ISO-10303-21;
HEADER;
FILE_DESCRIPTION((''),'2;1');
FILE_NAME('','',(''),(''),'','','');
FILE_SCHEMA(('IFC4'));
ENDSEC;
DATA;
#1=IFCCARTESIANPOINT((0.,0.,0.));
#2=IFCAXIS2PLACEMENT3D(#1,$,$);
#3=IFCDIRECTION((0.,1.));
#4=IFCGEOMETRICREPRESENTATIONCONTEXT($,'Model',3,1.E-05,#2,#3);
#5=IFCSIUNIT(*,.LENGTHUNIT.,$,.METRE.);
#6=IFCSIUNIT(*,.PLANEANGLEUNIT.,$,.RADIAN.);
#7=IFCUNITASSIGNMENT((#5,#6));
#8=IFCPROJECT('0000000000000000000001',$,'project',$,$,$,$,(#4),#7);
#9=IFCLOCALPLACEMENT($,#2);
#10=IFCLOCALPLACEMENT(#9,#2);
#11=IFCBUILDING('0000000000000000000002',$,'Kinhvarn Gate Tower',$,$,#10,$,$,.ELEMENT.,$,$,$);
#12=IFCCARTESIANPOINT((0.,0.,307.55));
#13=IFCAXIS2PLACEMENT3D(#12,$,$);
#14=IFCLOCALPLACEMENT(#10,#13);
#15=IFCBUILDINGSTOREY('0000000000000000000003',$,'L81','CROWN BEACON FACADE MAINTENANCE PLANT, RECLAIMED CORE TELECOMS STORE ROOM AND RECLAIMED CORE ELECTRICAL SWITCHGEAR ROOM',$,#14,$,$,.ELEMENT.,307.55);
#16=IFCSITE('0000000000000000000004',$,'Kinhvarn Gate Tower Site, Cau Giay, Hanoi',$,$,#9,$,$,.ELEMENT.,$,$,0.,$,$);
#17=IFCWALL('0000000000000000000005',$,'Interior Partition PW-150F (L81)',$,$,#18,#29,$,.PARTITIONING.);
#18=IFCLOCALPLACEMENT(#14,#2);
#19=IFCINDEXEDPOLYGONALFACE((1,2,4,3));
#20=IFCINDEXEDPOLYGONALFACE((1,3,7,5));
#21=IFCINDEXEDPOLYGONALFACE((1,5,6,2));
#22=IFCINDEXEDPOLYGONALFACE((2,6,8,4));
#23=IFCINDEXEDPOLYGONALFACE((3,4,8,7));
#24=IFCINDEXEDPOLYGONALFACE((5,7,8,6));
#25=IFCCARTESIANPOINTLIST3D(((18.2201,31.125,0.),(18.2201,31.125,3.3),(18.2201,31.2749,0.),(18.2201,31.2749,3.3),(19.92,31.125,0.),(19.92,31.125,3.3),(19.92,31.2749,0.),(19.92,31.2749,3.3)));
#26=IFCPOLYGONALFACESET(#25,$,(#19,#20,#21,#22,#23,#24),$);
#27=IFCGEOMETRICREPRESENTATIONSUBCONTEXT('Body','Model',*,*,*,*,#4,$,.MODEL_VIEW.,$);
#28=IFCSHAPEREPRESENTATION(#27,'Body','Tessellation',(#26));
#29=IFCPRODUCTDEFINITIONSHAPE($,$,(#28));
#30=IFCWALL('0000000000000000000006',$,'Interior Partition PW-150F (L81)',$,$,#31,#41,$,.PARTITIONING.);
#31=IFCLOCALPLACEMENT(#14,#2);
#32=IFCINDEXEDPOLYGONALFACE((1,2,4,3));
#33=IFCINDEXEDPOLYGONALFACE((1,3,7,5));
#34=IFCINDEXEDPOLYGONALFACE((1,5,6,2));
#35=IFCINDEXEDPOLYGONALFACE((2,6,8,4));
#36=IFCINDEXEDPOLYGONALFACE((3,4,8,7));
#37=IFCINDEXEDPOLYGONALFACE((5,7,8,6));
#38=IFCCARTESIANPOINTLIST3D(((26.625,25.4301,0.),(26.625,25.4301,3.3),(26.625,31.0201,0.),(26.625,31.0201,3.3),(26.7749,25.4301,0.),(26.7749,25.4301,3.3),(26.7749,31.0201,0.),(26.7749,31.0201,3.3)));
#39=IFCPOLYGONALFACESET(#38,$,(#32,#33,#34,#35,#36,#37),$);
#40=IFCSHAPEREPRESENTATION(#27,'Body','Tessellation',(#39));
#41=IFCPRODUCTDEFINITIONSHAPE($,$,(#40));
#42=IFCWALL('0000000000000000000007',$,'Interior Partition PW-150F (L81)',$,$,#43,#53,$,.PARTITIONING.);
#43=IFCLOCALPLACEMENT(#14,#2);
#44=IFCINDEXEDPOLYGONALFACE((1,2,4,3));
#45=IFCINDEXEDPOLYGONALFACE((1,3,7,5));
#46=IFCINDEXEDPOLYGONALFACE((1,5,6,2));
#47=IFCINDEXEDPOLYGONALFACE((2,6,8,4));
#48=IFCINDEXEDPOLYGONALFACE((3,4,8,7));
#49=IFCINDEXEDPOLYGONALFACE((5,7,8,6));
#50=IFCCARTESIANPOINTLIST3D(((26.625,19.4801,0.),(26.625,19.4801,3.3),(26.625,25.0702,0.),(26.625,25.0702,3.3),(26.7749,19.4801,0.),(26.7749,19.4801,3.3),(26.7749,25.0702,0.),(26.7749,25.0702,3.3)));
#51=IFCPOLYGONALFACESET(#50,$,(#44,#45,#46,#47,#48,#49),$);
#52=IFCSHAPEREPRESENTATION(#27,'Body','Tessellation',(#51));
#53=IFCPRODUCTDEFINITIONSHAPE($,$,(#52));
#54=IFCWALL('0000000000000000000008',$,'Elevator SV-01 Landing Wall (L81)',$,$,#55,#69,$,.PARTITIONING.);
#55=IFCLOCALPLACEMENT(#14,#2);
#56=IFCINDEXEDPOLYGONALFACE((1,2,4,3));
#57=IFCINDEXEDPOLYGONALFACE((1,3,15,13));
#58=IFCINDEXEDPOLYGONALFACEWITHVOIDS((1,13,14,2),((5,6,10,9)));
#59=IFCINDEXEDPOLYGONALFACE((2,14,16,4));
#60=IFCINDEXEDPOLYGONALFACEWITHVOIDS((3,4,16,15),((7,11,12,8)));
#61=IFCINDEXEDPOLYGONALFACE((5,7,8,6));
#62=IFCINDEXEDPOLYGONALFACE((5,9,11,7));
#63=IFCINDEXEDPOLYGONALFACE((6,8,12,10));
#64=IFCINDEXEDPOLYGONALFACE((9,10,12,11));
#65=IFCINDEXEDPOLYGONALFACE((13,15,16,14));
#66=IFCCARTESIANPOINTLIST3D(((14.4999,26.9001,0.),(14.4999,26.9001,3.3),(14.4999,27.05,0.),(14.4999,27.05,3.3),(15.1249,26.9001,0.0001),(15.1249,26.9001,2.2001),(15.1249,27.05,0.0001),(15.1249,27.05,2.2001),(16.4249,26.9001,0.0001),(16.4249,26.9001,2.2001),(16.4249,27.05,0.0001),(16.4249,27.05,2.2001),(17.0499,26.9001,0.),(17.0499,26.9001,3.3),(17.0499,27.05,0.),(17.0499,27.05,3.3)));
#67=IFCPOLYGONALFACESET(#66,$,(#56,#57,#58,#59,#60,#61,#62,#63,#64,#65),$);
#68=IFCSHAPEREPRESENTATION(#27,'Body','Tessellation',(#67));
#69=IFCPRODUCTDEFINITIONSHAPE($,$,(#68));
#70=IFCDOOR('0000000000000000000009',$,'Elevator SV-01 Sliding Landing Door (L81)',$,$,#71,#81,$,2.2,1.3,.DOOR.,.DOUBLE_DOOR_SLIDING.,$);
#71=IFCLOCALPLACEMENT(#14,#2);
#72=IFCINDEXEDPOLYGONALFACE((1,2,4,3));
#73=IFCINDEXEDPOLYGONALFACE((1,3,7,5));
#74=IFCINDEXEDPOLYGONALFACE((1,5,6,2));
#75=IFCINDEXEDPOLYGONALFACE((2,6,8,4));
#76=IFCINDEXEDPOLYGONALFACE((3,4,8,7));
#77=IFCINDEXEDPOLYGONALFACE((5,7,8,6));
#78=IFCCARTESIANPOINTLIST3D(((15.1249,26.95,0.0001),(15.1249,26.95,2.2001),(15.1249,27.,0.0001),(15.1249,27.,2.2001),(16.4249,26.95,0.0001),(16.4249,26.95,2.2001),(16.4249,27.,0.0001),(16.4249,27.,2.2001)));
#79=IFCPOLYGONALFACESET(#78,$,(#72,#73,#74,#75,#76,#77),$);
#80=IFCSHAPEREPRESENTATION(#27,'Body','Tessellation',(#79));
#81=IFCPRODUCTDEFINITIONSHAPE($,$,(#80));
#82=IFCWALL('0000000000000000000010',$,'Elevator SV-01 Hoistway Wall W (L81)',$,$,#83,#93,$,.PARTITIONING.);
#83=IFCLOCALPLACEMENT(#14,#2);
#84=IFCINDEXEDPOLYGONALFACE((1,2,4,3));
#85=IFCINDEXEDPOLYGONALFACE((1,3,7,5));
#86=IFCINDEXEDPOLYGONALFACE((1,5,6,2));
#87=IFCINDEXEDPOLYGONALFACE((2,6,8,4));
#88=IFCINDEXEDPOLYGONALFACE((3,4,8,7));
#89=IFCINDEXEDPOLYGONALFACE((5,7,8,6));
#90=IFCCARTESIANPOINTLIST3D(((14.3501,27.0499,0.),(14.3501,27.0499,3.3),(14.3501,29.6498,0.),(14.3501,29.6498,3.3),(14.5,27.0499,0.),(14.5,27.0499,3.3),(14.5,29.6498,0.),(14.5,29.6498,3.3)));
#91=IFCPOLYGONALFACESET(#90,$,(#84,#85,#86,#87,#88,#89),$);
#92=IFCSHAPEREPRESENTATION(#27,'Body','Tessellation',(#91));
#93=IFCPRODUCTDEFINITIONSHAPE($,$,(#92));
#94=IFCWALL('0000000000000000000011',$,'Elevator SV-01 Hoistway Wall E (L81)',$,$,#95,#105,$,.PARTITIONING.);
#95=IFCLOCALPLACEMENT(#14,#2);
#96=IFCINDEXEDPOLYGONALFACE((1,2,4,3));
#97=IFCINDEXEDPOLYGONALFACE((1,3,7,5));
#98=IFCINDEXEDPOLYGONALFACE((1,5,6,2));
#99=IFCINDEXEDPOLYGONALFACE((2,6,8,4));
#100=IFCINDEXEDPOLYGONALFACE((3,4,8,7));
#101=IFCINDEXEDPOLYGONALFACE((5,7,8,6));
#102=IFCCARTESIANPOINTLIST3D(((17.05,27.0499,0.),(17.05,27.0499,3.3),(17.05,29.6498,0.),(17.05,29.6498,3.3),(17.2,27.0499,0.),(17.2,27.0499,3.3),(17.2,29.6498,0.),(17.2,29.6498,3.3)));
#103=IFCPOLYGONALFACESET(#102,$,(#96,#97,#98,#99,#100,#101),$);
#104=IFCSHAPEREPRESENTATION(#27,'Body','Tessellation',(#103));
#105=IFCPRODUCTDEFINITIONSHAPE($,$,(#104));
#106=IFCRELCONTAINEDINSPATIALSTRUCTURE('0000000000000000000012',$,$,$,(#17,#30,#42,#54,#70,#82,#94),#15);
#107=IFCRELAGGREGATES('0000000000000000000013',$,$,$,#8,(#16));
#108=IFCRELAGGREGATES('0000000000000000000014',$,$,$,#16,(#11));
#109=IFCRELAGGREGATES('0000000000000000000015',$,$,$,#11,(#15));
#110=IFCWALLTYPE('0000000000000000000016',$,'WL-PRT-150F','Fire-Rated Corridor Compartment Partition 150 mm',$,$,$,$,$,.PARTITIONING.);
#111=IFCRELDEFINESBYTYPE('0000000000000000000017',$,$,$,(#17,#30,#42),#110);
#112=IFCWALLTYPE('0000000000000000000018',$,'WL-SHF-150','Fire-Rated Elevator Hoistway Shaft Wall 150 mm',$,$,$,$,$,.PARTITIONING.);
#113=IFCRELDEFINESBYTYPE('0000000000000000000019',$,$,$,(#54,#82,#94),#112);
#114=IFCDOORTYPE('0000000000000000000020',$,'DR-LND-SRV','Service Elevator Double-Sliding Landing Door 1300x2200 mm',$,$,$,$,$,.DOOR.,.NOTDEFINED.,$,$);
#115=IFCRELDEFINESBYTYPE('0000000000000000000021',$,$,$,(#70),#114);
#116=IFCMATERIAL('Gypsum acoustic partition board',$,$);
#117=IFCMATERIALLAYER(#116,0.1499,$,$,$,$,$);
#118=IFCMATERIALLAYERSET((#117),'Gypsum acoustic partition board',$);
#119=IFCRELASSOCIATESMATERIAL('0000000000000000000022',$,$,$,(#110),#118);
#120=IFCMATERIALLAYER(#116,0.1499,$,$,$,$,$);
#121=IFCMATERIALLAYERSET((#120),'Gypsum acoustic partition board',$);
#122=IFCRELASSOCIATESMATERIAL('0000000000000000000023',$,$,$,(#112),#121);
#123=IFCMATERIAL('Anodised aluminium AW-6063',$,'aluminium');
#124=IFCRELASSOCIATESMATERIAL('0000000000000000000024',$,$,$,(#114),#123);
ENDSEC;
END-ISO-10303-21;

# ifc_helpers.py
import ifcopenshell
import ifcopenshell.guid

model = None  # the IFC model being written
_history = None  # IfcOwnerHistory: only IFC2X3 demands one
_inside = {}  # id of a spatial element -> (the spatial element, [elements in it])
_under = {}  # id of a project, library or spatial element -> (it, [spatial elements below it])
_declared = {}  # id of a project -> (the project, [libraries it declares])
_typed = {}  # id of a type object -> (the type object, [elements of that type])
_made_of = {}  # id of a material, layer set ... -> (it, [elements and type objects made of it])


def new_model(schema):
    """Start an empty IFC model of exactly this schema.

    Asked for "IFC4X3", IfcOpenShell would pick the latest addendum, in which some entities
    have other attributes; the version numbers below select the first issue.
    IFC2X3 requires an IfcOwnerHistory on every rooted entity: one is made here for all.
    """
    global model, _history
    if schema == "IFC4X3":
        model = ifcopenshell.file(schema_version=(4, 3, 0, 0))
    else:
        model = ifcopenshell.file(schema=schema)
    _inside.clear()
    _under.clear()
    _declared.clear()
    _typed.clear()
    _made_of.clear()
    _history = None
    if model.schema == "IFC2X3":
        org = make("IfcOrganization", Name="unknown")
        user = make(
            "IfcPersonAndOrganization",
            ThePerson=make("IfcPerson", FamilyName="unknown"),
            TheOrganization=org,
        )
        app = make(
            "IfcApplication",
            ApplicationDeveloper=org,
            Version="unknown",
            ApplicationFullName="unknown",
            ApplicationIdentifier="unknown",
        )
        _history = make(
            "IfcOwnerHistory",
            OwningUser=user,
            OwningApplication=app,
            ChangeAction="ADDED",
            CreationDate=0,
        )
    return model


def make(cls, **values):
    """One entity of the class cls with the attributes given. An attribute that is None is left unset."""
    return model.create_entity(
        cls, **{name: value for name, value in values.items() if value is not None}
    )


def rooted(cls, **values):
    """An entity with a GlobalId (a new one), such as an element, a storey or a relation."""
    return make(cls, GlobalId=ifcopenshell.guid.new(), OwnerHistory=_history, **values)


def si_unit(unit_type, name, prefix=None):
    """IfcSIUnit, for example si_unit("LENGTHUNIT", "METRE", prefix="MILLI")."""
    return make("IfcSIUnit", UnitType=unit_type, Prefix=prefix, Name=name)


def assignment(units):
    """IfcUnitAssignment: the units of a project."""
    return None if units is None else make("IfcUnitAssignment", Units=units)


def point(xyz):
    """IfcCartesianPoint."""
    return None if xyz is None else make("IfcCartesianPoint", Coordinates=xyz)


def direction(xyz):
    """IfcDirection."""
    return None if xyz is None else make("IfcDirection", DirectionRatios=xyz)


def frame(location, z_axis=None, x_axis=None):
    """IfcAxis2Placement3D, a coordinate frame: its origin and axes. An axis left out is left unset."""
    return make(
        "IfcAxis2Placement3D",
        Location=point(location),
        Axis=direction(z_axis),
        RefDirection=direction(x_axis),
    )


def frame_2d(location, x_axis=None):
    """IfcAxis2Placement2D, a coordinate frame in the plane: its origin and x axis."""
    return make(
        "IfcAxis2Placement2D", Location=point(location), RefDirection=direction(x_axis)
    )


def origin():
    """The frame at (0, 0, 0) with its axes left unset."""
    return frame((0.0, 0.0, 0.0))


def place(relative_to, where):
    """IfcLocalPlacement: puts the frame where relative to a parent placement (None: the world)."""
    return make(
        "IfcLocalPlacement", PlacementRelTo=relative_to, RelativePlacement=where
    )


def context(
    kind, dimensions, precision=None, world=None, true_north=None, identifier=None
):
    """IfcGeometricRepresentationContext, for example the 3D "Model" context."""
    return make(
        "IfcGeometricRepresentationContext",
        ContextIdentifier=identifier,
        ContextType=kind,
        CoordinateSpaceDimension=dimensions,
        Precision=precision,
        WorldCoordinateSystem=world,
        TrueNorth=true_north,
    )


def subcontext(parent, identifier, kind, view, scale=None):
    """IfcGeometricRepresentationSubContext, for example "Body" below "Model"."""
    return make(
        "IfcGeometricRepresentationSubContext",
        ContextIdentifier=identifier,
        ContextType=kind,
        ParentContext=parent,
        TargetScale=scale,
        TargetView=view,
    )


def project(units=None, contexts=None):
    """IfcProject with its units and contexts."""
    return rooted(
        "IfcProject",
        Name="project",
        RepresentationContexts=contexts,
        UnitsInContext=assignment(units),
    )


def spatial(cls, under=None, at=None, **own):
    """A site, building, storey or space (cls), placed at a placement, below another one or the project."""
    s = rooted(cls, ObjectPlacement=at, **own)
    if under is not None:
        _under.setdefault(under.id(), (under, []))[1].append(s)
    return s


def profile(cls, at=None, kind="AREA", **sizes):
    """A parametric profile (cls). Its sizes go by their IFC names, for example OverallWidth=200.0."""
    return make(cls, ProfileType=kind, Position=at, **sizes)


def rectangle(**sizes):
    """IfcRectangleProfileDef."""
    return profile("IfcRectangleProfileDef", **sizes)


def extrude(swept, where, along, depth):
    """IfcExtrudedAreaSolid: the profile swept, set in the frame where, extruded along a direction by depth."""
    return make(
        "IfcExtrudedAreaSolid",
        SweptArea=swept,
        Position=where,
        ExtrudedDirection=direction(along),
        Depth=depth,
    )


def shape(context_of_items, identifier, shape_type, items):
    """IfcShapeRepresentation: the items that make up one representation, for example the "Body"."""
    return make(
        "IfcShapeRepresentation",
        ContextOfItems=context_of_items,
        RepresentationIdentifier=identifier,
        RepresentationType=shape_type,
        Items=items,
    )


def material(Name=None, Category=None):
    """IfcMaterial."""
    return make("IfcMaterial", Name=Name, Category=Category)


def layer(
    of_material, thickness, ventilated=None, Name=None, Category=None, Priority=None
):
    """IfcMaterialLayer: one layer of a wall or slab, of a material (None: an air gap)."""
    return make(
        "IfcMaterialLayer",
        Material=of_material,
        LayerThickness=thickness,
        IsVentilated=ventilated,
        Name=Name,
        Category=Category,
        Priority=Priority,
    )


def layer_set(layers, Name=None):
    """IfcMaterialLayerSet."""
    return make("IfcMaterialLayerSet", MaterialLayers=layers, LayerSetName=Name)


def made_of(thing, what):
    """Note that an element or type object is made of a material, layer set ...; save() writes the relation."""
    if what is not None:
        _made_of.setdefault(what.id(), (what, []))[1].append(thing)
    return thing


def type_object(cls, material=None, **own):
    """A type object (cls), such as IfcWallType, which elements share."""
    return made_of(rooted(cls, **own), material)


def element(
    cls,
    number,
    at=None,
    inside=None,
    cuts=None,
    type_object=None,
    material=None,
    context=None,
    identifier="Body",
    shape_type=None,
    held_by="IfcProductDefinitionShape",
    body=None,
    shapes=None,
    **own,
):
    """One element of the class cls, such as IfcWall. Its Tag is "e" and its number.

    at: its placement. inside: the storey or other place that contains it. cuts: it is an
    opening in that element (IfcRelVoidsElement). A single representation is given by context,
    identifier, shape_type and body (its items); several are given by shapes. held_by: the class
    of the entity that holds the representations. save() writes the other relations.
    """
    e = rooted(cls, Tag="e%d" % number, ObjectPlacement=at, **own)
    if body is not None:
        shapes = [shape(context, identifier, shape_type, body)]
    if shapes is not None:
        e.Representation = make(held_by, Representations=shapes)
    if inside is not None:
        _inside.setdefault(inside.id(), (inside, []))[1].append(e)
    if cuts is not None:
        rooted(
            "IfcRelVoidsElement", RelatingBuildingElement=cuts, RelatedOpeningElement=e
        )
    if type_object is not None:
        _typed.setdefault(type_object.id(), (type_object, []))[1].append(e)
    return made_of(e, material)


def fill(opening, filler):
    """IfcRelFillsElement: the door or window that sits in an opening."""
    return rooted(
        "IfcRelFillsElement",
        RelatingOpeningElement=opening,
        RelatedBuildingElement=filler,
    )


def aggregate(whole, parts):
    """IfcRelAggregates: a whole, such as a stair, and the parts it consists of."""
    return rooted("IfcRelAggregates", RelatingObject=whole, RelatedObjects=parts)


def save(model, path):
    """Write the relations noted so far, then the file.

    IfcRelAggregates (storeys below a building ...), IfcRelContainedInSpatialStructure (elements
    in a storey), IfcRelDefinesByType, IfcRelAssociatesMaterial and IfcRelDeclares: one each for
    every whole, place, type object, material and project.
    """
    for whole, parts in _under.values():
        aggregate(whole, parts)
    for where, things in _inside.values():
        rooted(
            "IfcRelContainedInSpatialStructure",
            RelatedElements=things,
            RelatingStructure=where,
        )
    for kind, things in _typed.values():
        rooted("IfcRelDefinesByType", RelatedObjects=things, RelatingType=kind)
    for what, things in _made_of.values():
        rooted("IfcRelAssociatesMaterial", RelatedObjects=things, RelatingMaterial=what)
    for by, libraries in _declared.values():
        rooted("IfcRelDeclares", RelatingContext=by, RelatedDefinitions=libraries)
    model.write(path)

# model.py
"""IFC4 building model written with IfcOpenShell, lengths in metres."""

from ifc_helpers import new_model, si_unit, direction, frame, frame_2d, origin, place, context, subcontext, project, spatial, rectangle, extrude, material, layer, layer_set, type_object, element, fill, save


model = new_model("IFC4")

# Units and contexts
model_context = context("Model", 3, precision=1e-05, world=origin(), true_north=direction((0.0, 1.0)))
body_context = subcontext(model_context, "Body", "Model", "MODEL_VIEW")
ifc_project = project(units=[si_unit("LENGTHUNIT", "METRE"), si_unit("PLANEANGLEUNIT", "RADIAN")], contexts=[model_context])

# Site, building, storey
site_placement = place(None, origin())
site = spatial("IfcSite", under=ifc_project, at=site_placement, Name="Kinhvarn Gate Tower Site, Cau Giay, Hanoi", CompositionType="ELEMENT", RefElevation=0.0)
building_placement = place(site_placement, origin())
building = spatial("IfcBuilding", under=site, at=building_placement, Name="Kinhvarn Gate Tower", CompositionType="ELEMENT")
storey_placement = place(building_placement, frame((0.0, 0.0, 307.55)))
storey = spatial("IfcBuildingStorey", under=building, at=storey_placement, Name="L81", Description="CROWN BEACON FACADE MAINTENANCE PLANT, RECLAIMED CORE TELECOMS STORE ROOM AND RECLAIMED CORE ELECTRICAL SWITCHGEAR ROOM", CompositionType="ELEMENT", Elevation=307.55)

# Shared definitions
ifc_material_1 = material(Name="Anodised aluminium AW-6063", Category="aluminium")
ifc_material_2 = material(Name="Gypsum acoustic partition board")
ifc_layer_1 = layer(ifc_material_2, 0.1499)
ifc_layer_set_1 = layer_set([ifc_layer_1], Name="Gypsum acoustic partition board")
wall_type_1 = type_object("IfcWallType", Name="WL-PRT-150F", Description="Fire-Rated Corridor Compartment Partition 150 mm", PredefinedType="PARTITIONING", material=ifc_layer_set_1)

# Walls
for number, where, z_axis, x_axis, name in (
    (1, (18.22, 31.2, 0.0), (0.0, 0.0, 1.0), (1.0, 0.0, 0.0), "Interior Partition PW-150F (L81)"),
):
    element("IfcWall", number, at=place(storey_placement, frame(where, z_axis=z_axis, x_axis=x_axis)), inside=storey, type_object=wall_type_1, Name=name, PredefinedType="PARTITIONING", context=body_context, shape_type="SweptSolid", body=[
        extrude(rectangle(XDim=1.7, YDim=0.1499, at=frame_2d((0.8501, 0.0))), origin(), (0.0, 0.0, 1.0), 3.3),
    ])
for number, where, z_axis, x_axis, name in (
    (2, (26.7, 31.02, 0.0), (0.0, 0.0, 1.0), (0.0, -1.0, 0.0), "Interior Partition PW-150F (L81)"),
    (3, (26.7, 25.0701, 0.0), (0.0, 0.0, 1.0), (0.0, -1.0, 0.0), "Interior Partition PW-150F (L81)"),
):
    element("IfcWall", number, at=place(storey_placement, frame(where, z_axis=z_axis, x_axis=x_axis)), inside=storey, type_object=wall_type_1, Name=name, PredefinedType="PARTITIONING", context=body_context, shape_type="SweptSolid", body=[
        extrude(rectangle(XDim=5.5901, YDim=0.1499, at=frame_2d((2.7949, 0.0))), origin(), (0.0, 0.0, 1.0), 3.3),
    ])

# Wall, opening, door
ifc_layer_2 = layer(ifc_material_2, 0.1499)
ifc_layer_set_2 = layer_set([ifc_layer_2], Name="Gypsum acoustic partition board")
wall_type_2 = type_object("IfcWallType", Name="WL-SHF-150", Description="Fire-Rated Elevator Hoistway Shaft Wall 150 mm", PredefinedType="PARTITIONING", material=ifc_layer_set_2)
wall_1_placement = place(storey_placement, frame((14.5, 26.9751, 0.0), z_axis=(0.0, 0.0, 1.0), x_axis=(1.0, 0.0, 0.0)))
wall_1 = element("IfcWall", 4, at=wall_1_placement, inside=storey, type_object=wall_type_2, Name="Elevator SV-01 Landing Wall (L81)", PredefinedType="PARTITIONING", context=body_context, shape_type="SweptSolid", body=[
    extrude(rectangle(XDim=2.55, YDim=0.1499, at=frame_2d((1.2749, 0.0))), origin(), (0.0, 0.0, 1.0), 3.3),
])
opening_1_placement = place(wall_1_placement, frame((0.625, 0.0, 0.0)))
opening_1 = element("IfcOpeningElement", 5, at=opening_1_placement, cuts=wall_1, PredefinedType="OPENING", context=body_context, shape_type="SweptSolid", body=[
    extrude(rectangle(XDim=1.3, YDim=2.2, at=frame_2d((0.6499, 1.1001))), frame((0.0, 0.085, 0.0), z_axis=(0.0, -1.0, 0.0), x_axis=(1.0, 0.0, 0.0)), (0.0, 0.0, 1.0), 0.1699),
])
door_type_1 = type_object("IfcDoorType", Name="DR-LND-SRV", Description="Service Elevator Double-Sliding Landing Door 1300x2200 mm", OperationType="NOTDEFINED", PredefinedType="DOOR", material=ifc_material_1)
door_1_placement = place(opening_1_placement, origin())
door_1 = element("IfcDoor", 6, at=door_1_placement, inside=storey, type_object=door_type_1, Name="Elevator SV-01 Sliding Landing Door (L81)", OperationType="DOUBLE_DOOR_SLIDING", OverallHeight=2.2, OverallWidth=1.3, PredefinedType="DOOR", context=body_context, shape_type="SweptSolid", body=[
    extrude(rectangle(XDim=1.3, YDim=2.2, at=frame_2d((0.6499, 1.1001))), frame((0.0, 0.0249, 0.0), z_axis=(0.0, -1.0, 0.0), x_axis=(1.0, 0.0, 0.0)), (0.0, 0.0, 1.0), 0.05),
])
fill(opening_1, door_1)

# Walls
for number, where, z_axis, x_axis, name in (
    (7, (14.425, 27.05, 0.0), (0.0, 0.0, 1.0), (0.0, 1.0, 0.0), "Elevator SV-01 Hoistway Wall W (L81)"),
    (8, (17.125, 27.05, 0.0), (0.0, 0.0, 1.0), (0.0, 1.0, 0.0), "Elevator SV-01 Hoistway Wall E (L81)"),
):
    element("IfcWall", number, at=place(storey_placement, frame(where, z_axis=z_axis, x_axis=x_axis)), inside=storey, type_object=wall_type_2, Name=name, PredefinedType="PARTITIONING", context=body_context, shape_type="SweptSolid", body=[
        extrude(rectangle(XDim=2.5999, YDim=0.1499, at=frame_2d((1.2998, 0.0))), origin(), (0.0, 0.0, 1.0), 3.3),
    ])

save(model, "model.ifc")
